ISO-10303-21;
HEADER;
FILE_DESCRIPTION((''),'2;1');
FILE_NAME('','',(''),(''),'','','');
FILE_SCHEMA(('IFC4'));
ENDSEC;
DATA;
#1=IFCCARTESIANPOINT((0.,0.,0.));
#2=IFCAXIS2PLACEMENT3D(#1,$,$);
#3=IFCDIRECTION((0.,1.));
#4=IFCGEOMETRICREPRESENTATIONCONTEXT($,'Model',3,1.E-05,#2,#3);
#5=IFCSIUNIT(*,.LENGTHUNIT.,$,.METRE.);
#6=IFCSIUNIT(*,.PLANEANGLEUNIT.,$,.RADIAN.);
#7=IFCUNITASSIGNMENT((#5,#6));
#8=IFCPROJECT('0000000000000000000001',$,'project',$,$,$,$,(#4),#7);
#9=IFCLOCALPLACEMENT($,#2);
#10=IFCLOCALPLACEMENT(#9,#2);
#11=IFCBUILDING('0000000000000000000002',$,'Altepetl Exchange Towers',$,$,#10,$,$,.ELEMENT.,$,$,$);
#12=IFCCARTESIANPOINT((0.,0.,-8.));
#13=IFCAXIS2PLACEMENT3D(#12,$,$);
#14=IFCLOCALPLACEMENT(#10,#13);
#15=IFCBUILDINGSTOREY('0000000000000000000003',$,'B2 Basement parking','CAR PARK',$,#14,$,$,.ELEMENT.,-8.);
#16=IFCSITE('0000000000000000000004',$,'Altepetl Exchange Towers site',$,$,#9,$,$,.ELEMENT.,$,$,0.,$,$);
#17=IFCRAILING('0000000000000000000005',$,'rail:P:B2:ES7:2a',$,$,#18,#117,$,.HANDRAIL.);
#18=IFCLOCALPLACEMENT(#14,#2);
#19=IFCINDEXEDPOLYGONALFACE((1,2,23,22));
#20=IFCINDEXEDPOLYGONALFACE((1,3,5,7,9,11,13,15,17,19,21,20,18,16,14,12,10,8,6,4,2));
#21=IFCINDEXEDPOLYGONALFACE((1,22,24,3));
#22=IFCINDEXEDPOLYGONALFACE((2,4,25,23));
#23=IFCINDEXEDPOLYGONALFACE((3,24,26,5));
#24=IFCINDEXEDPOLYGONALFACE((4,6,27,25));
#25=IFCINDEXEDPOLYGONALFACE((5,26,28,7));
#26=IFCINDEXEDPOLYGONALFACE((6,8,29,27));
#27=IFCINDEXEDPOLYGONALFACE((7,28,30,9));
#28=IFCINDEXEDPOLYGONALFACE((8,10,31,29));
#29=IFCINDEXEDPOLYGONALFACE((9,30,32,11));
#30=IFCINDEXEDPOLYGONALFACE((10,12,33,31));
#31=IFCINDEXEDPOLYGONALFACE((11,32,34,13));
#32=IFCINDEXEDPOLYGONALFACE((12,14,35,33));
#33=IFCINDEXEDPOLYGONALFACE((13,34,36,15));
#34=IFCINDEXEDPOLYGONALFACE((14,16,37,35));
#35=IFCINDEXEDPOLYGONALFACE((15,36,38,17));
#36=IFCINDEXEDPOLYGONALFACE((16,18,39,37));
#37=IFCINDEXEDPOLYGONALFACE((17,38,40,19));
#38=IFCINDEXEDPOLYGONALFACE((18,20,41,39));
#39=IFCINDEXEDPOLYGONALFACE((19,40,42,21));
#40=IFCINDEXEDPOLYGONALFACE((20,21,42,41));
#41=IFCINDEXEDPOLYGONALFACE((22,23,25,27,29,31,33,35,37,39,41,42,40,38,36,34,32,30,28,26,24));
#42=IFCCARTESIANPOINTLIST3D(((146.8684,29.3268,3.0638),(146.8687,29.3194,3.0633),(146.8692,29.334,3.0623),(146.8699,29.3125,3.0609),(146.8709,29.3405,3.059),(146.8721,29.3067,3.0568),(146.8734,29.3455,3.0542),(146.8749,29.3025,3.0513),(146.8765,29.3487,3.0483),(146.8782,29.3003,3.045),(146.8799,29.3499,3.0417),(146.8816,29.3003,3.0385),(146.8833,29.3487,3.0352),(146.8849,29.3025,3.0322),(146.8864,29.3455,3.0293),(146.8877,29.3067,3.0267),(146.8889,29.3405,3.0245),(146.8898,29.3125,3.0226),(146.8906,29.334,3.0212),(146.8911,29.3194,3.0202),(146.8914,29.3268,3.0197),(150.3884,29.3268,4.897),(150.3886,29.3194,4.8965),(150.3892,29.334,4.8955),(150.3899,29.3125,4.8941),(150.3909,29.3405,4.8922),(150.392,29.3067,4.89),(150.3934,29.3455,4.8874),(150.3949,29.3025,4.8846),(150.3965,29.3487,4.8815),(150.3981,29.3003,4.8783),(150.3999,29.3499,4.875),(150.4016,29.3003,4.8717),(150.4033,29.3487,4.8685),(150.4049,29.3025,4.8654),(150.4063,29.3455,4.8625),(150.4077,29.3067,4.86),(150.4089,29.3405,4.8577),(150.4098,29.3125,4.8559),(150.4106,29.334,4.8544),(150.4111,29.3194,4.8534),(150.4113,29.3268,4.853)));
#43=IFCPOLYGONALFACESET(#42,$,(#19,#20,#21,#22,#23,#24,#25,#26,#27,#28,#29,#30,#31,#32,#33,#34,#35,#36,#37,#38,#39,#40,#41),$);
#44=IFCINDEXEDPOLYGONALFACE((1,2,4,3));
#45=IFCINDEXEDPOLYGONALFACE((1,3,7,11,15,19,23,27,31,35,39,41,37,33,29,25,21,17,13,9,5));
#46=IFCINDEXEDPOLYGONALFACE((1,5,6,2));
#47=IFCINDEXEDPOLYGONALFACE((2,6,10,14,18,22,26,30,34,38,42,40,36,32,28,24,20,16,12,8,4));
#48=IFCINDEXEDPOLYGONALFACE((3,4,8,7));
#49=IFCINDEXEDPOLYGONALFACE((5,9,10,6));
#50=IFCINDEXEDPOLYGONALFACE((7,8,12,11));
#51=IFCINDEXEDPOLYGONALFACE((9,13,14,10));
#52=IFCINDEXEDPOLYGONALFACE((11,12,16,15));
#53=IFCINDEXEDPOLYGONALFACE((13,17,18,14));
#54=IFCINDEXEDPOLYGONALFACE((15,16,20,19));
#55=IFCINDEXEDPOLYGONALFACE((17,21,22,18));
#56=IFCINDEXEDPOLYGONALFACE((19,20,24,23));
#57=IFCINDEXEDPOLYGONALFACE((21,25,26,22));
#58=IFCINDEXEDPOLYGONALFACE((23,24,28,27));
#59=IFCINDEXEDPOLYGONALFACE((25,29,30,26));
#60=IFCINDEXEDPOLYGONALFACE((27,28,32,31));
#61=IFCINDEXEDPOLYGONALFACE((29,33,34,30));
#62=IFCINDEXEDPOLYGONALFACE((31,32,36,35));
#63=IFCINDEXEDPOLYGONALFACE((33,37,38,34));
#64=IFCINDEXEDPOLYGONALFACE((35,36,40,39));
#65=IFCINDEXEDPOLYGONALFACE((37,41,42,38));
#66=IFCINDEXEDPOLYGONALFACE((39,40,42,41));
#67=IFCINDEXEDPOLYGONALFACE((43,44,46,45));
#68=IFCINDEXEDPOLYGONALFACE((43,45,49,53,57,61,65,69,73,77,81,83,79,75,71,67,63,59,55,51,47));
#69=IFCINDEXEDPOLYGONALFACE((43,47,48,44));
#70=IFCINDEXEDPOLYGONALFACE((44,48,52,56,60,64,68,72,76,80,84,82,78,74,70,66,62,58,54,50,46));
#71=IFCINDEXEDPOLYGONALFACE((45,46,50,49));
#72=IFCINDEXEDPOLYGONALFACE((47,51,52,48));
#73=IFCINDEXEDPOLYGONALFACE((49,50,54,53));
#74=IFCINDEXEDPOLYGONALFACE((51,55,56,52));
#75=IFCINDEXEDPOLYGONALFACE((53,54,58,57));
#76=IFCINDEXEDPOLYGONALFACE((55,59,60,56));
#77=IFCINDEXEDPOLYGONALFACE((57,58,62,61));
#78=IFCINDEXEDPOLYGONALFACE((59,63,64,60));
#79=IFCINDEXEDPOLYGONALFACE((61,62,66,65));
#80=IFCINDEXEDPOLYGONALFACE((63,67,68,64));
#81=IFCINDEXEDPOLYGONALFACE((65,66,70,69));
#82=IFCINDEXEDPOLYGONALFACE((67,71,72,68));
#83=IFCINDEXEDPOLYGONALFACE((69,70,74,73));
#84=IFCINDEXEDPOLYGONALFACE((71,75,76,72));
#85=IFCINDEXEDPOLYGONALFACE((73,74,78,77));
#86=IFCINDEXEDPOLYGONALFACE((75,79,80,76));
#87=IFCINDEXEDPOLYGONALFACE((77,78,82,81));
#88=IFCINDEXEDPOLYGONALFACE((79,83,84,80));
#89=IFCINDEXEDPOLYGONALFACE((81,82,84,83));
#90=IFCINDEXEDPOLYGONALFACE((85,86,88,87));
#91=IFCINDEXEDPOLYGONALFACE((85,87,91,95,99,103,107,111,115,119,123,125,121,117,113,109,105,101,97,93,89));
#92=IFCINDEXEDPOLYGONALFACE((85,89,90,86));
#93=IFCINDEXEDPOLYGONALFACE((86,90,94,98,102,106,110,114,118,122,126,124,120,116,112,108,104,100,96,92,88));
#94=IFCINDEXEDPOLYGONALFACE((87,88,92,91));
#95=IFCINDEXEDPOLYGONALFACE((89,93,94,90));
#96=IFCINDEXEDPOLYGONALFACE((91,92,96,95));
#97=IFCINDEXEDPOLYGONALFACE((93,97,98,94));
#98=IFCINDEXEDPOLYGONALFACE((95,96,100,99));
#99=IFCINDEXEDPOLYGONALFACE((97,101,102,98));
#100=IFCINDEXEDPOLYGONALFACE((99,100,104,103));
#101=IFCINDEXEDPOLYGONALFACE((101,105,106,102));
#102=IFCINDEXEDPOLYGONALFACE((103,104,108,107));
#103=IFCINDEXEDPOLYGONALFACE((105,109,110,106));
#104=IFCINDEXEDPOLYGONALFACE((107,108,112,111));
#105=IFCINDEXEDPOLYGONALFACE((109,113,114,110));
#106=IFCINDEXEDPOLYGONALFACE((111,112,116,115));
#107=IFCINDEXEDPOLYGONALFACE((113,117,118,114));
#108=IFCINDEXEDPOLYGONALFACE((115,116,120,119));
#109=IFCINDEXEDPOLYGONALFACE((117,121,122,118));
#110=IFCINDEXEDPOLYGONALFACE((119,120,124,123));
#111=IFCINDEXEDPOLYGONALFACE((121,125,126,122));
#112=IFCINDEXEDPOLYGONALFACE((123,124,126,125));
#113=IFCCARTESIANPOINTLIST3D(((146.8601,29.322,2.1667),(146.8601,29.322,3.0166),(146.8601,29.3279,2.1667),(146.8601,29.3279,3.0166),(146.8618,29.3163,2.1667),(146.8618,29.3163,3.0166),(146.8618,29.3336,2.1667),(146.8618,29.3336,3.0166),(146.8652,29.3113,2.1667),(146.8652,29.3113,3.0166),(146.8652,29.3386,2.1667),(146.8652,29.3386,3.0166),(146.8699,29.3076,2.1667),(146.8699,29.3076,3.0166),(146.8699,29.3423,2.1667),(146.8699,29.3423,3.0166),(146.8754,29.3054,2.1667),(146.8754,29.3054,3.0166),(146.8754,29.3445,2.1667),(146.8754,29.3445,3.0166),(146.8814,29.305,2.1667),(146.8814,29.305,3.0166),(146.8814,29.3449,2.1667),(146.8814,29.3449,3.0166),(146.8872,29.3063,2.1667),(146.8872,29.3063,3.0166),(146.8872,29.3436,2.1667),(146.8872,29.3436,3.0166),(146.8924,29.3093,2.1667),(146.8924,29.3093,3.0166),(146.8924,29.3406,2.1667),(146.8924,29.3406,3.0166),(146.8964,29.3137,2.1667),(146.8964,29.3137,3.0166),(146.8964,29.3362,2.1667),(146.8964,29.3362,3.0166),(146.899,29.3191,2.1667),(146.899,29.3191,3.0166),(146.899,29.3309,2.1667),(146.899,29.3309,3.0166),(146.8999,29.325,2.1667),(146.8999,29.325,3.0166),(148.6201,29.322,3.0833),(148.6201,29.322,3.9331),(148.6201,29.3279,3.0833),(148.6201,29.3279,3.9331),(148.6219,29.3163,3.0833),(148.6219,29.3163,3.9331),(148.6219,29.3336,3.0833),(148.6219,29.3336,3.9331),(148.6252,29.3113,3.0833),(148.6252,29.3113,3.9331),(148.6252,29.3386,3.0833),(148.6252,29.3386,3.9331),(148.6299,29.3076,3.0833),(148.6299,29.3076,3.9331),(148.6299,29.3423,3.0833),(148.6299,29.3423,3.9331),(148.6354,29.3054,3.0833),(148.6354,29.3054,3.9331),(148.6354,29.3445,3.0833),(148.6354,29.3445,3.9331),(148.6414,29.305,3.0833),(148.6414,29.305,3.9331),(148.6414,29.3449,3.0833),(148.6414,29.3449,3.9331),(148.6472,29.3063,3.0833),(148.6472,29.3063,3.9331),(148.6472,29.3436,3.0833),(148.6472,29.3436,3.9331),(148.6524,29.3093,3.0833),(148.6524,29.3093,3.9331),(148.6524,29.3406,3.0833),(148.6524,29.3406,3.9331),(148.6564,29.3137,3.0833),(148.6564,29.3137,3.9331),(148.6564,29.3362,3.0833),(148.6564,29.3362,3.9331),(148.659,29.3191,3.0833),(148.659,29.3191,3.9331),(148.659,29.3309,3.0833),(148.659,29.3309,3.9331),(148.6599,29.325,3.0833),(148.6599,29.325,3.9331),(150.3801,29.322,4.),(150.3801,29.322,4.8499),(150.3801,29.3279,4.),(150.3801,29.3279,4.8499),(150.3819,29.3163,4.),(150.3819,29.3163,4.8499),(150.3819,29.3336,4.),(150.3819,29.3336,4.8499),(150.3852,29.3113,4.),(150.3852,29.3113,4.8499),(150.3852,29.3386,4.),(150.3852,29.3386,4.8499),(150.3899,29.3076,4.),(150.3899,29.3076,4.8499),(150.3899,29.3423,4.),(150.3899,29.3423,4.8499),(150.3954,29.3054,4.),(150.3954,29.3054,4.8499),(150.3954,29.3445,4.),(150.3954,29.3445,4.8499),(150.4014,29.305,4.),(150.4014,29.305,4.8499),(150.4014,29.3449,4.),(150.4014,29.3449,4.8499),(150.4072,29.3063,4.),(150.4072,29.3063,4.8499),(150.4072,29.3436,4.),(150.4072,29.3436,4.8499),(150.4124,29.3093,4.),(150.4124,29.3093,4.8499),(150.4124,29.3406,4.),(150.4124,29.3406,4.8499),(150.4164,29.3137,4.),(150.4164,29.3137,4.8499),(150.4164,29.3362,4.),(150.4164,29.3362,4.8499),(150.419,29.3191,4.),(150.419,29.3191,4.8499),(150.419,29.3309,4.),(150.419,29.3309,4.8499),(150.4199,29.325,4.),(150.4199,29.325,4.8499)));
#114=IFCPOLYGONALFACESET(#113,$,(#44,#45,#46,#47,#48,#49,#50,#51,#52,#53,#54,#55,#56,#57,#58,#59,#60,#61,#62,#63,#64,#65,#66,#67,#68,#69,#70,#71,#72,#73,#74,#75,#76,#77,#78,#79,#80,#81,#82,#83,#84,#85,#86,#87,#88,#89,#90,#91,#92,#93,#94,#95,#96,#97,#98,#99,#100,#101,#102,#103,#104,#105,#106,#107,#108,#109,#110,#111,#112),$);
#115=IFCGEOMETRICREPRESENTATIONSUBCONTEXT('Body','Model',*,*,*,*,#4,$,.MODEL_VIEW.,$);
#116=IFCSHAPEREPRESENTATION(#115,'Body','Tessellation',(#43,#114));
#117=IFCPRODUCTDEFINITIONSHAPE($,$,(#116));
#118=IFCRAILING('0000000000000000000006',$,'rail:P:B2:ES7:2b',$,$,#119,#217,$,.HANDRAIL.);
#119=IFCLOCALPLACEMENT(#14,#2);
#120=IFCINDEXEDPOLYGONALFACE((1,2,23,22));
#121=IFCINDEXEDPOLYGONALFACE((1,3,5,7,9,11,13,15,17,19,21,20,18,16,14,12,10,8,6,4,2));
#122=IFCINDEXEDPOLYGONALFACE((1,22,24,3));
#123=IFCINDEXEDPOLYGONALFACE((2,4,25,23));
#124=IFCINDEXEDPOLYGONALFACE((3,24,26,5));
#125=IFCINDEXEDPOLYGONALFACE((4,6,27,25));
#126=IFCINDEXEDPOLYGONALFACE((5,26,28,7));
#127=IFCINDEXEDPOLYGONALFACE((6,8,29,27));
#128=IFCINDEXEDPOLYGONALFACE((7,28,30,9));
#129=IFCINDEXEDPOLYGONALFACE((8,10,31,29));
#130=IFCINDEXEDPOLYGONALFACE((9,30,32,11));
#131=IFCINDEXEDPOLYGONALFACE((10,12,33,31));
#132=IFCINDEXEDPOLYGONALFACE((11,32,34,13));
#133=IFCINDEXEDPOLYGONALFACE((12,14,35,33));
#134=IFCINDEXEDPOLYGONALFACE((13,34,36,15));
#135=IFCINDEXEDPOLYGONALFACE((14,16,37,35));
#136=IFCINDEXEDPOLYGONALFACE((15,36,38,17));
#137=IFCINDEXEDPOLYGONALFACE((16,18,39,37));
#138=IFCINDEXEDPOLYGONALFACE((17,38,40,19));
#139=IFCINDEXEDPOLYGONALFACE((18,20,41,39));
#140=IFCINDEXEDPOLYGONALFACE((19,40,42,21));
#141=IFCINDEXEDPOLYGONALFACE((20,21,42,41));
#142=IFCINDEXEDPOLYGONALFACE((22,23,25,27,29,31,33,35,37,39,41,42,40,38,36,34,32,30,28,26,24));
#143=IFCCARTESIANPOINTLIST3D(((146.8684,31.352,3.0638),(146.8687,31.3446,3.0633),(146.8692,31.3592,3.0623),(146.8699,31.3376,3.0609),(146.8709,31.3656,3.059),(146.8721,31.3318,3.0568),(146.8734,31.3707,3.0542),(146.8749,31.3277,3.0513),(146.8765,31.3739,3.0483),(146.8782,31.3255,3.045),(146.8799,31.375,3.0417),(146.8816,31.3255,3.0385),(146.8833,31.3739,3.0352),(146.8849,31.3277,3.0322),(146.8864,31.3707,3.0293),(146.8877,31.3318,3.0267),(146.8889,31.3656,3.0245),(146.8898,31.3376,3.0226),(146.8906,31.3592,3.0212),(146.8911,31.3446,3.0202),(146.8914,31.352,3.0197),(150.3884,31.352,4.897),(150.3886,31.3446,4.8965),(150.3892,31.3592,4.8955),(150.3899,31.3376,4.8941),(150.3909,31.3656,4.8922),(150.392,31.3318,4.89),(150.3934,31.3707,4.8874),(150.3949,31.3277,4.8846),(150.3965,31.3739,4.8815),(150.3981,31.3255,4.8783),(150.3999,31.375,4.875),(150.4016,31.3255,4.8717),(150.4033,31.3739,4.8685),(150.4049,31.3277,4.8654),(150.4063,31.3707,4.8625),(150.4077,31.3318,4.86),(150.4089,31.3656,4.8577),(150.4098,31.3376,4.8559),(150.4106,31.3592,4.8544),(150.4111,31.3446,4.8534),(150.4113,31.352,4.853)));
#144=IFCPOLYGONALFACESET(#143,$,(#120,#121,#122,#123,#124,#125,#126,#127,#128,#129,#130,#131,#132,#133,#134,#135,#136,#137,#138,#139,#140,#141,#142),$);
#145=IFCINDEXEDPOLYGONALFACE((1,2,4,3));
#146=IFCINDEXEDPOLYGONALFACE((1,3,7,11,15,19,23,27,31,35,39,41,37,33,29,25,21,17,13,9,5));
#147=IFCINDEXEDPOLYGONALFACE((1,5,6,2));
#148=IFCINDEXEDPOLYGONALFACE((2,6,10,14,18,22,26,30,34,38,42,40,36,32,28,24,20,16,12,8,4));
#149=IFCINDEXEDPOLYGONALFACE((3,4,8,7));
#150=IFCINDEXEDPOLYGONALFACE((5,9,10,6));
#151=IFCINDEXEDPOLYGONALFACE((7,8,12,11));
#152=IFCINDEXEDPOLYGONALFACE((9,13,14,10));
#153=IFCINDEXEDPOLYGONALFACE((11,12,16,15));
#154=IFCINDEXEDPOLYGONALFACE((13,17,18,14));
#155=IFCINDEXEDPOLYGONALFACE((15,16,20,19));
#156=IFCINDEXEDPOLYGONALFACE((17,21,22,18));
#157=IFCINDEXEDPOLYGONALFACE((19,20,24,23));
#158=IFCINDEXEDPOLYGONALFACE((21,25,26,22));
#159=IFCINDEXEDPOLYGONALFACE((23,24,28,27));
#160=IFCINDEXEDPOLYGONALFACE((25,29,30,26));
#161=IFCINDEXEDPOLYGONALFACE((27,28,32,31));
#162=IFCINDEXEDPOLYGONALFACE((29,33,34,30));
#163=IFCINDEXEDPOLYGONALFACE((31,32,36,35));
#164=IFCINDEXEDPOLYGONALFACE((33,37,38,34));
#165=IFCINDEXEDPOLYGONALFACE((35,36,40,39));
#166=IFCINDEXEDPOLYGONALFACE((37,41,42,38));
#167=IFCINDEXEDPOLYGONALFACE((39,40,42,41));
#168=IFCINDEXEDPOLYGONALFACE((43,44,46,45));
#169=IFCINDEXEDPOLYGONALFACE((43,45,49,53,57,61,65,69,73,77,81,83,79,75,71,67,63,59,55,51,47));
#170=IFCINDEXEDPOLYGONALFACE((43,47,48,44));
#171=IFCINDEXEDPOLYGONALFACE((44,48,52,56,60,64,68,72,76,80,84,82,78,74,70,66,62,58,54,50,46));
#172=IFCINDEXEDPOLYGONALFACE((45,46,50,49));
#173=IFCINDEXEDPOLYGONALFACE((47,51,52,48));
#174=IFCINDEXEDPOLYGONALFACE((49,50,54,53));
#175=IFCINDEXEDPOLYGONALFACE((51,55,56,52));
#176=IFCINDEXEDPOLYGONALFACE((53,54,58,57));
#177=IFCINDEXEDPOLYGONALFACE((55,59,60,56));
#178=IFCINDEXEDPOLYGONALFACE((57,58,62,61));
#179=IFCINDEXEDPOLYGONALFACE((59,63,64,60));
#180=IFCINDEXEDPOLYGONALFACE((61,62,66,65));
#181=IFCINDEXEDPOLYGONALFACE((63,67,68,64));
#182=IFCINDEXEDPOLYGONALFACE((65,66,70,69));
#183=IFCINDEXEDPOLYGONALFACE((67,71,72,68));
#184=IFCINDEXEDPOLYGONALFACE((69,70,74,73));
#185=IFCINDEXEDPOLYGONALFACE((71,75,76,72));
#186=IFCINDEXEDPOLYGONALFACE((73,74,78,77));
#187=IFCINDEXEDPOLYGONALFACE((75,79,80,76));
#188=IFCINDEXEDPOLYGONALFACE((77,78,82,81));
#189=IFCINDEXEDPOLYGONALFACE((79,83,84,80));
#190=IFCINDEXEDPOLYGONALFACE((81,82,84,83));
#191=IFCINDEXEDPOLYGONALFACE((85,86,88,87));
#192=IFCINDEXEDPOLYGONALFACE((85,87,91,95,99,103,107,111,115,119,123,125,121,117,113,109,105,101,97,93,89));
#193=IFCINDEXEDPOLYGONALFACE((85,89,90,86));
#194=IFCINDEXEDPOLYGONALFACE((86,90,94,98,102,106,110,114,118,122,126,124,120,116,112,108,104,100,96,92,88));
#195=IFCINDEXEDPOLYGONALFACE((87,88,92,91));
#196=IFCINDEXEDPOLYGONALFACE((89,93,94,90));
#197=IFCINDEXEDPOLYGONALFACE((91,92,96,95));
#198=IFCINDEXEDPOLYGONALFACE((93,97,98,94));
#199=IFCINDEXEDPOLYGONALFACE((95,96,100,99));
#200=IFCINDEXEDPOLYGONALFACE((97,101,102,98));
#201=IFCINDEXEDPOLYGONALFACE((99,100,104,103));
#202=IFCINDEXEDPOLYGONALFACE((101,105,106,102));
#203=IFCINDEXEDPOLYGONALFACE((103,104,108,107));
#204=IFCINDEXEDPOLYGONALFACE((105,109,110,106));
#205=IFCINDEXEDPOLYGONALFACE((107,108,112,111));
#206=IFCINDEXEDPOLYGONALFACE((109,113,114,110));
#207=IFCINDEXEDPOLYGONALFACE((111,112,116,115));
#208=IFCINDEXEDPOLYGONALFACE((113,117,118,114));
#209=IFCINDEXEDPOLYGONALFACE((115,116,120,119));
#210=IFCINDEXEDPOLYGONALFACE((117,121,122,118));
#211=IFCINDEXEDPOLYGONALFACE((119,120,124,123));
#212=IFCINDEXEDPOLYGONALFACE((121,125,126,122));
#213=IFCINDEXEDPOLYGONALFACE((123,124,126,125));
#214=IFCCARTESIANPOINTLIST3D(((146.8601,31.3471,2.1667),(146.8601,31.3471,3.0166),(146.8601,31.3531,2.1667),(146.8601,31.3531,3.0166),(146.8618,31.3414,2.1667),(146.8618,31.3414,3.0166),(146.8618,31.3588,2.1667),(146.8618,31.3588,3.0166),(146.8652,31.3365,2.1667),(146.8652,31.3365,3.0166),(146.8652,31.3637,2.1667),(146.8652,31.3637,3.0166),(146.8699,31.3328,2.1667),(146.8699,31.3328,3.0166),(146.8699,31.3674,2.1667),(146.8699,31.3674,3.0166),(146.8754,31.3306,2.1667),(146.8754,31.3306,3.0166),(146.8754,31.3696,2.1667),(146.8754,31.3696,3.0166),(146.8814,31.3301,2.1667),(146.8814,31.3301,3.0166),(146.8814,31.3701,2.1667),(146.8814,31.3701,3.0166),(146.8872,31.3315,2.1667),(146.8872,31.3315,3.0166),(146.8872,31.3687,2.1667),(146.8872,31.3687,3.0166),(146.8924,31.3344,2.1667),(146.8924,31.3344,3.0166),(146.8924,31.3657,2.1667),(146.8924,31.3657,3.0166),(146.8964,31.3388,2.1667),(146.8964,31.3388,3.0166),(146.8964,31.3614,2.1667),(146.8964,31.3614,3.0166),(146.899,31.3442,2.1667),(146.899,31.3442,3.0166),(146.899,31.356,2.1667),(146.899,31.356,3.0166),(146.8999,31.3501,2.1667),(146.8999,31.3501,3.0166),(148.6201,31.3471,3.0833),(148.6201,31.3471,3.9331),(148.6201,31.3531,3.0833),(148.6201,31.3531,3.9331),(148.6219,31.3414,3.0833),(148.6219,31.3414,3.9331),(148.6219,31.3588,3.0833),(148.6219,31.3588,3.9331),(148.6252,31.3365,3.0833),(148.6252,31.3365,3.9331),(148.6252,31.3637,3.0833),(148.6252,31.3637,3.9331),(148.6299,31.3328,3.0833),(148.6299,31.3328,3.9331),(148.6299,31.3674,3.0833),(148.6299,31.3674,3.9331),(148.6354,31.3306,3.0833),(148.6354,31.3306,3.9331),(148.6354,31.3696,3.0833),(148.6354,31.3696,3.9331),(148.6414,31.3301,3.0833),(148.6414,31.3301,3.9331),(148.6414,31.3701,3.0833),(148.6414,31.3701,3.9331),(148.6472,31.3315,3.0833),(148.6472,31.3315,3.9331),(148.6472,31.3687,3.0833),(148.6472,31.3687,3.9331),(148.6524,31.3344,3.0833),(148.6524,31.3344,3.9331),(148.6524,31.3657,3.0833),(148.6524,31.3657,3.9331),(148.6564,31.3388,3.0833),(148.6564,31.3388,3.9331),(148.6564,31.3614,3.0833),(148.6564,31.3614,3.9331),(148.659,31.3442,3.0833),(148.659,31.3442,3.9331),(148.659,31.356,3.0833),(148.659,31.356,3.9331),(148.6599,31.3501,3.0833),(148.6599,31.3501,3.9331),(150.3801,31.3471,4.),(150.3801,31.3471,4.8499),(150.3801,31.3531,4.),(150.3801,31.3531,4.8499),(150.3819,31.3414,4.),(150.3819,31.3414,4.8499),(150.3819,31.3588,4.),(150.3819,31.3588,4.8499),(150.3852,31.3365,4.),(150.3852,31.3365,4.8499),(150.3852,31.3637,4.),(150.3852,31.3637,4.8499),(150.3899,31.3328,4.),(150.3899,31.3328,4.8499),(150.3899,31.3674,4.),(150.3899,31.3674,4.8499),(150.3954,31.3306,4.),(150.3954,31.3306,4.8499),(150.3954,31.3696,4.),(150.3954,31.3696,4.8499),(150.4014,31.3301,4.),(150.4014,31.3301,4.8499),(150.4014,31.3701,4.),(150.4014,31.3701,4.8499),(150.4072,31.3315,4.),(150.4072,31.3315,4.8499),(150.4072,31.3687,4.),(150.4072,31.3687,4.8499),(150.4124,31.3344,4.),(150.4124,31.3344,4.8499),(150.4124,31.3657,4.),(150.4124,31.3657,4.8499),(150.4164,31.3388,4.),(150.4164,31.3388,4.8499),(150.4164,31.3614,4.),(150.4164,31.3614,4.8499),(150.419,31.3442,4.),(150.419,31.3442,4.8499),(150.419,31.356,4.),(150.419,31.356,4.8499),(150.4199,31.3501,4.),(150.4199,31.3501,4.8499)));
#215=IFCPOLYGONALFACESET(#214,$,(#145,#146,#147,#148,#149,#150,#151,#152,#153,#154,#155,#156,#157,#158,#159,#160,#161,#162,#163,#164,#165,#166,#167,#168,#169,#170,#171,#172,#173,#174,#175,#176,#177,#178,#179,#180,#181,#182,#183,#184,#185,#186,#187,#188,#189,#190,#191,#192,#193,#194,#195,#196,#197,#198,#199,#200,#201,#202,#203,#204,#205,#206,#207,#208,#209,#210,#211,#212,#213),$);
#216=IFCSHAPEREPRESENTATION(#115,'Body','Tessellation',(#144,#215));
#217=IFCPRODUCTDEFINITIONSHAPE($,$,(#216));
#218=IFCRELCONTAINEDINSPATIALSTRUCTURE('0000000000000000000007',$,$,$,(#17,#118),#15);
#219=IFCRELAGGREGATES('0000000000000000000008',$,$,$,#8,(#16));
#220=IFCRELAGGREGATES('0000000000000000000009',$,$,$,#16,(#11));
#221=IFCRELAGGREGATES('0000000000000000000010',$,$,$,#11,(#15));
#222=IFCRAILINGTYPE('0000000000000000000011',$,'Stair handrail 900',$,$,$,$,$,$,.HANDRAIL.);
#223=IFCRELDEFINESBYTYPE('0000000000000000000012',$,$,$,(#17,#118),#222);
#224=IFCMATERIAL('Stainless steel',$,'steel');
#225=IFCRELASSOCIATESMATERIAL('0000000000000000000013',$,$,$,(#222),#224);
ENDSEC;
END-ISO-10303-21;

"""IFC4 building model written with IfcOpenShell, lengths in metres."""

from ifc_helpers import new_model, si_unit, direction, frame, origin, origin_2d, place, context, subcontext, project, spatial, circle, extrude, source, transform, mapped, material, type_object, element, save


model = new_model("IFC4")

# Units and contexts
model_context = context("Model", 3, precision=1e-05, world=origin(), true_north=direction((0.0, 1.0)))
body_context = subcontext(model_context, "Body", "Model", "MODEL_VIEW")
ifc_project = project(units=[si_unit("LENGTHUNIT", "METRE"), si_unit("PLANEANGLEUNIT", "RADIAN")], contexts=[model_context])

# Site, building, storey
site_placement = place(None, origin())
site = spatial("IfcSite", under=ifc_project, at=site_placement, Name="Altepetl Exchange Towers site", CompositionType="ELEMENT", RefElevation=0.0)
building_placement = place(site_placement, origin())
building = spatial("IfcBuilding", under=site, at=building_placement, Name="Altepetl Exchange Towers", CompositionType="ELEMENT")
storey_placement = place(building_placement, frame((0.0, 0.0, -8.0)))
storey = spatial("IfcBuildingStorey", under=building, at=storey_placement, Name="B2 Basement parking", Description="CAR PARK", CompositionType="ELEMENT", Elevation=-8.0)

# Railings
ifc_material_1 = material(Name="Stainless steel", Category="steel")
railing_type_1 = type_object("IfcRailingType", Name="Stair handrail 900", PredefinedType="HANDRAIL", material=ifc_material_1)
shared_shape_1 = source(origin(), body_context, "Body", "SweptSolid", [
    extrude(circle(Radius=0.02, at=origin_2d()), origin(), (0.0, 0.0, 1.0), 0.8499),
])
for number, where, name in (
    (1, (146.8799, 29.325, 2.1667), "rail:P:B2:ES7:2a"),
    (2, (146.8799, 31.3501, 2.1667), "rail:P:B2:ES7:2b"),
):
    element("IfcRailing", number, at=place(storey_placement, frame(where)), inside=storey, type_object=railing_type_1, Name=name, PredefinedType="HANDRAIL", context=body_context, shape_type="SweptSolid", body=[
        extrude(circle(Radius=0.0249, at=origin_2d()), frame((0.0, 0.0, 0.875), z_axis=(0.886924, 0.0, 0.461916), x_axis=(0.0, 1.0, 0.0)), (0.0, 0.0, 1.0), 3.9688),
        mapped(shared_shape_1, transform((0.0, 0.0, 0.0))),
        mapped(shared_shape_1, transform((1.76, 0.0, 0.9165))),
        mapped(shared_shape_1, transform((3.52, 0.0, 1.8333))),
    ])

save(model, "model.ifc")
